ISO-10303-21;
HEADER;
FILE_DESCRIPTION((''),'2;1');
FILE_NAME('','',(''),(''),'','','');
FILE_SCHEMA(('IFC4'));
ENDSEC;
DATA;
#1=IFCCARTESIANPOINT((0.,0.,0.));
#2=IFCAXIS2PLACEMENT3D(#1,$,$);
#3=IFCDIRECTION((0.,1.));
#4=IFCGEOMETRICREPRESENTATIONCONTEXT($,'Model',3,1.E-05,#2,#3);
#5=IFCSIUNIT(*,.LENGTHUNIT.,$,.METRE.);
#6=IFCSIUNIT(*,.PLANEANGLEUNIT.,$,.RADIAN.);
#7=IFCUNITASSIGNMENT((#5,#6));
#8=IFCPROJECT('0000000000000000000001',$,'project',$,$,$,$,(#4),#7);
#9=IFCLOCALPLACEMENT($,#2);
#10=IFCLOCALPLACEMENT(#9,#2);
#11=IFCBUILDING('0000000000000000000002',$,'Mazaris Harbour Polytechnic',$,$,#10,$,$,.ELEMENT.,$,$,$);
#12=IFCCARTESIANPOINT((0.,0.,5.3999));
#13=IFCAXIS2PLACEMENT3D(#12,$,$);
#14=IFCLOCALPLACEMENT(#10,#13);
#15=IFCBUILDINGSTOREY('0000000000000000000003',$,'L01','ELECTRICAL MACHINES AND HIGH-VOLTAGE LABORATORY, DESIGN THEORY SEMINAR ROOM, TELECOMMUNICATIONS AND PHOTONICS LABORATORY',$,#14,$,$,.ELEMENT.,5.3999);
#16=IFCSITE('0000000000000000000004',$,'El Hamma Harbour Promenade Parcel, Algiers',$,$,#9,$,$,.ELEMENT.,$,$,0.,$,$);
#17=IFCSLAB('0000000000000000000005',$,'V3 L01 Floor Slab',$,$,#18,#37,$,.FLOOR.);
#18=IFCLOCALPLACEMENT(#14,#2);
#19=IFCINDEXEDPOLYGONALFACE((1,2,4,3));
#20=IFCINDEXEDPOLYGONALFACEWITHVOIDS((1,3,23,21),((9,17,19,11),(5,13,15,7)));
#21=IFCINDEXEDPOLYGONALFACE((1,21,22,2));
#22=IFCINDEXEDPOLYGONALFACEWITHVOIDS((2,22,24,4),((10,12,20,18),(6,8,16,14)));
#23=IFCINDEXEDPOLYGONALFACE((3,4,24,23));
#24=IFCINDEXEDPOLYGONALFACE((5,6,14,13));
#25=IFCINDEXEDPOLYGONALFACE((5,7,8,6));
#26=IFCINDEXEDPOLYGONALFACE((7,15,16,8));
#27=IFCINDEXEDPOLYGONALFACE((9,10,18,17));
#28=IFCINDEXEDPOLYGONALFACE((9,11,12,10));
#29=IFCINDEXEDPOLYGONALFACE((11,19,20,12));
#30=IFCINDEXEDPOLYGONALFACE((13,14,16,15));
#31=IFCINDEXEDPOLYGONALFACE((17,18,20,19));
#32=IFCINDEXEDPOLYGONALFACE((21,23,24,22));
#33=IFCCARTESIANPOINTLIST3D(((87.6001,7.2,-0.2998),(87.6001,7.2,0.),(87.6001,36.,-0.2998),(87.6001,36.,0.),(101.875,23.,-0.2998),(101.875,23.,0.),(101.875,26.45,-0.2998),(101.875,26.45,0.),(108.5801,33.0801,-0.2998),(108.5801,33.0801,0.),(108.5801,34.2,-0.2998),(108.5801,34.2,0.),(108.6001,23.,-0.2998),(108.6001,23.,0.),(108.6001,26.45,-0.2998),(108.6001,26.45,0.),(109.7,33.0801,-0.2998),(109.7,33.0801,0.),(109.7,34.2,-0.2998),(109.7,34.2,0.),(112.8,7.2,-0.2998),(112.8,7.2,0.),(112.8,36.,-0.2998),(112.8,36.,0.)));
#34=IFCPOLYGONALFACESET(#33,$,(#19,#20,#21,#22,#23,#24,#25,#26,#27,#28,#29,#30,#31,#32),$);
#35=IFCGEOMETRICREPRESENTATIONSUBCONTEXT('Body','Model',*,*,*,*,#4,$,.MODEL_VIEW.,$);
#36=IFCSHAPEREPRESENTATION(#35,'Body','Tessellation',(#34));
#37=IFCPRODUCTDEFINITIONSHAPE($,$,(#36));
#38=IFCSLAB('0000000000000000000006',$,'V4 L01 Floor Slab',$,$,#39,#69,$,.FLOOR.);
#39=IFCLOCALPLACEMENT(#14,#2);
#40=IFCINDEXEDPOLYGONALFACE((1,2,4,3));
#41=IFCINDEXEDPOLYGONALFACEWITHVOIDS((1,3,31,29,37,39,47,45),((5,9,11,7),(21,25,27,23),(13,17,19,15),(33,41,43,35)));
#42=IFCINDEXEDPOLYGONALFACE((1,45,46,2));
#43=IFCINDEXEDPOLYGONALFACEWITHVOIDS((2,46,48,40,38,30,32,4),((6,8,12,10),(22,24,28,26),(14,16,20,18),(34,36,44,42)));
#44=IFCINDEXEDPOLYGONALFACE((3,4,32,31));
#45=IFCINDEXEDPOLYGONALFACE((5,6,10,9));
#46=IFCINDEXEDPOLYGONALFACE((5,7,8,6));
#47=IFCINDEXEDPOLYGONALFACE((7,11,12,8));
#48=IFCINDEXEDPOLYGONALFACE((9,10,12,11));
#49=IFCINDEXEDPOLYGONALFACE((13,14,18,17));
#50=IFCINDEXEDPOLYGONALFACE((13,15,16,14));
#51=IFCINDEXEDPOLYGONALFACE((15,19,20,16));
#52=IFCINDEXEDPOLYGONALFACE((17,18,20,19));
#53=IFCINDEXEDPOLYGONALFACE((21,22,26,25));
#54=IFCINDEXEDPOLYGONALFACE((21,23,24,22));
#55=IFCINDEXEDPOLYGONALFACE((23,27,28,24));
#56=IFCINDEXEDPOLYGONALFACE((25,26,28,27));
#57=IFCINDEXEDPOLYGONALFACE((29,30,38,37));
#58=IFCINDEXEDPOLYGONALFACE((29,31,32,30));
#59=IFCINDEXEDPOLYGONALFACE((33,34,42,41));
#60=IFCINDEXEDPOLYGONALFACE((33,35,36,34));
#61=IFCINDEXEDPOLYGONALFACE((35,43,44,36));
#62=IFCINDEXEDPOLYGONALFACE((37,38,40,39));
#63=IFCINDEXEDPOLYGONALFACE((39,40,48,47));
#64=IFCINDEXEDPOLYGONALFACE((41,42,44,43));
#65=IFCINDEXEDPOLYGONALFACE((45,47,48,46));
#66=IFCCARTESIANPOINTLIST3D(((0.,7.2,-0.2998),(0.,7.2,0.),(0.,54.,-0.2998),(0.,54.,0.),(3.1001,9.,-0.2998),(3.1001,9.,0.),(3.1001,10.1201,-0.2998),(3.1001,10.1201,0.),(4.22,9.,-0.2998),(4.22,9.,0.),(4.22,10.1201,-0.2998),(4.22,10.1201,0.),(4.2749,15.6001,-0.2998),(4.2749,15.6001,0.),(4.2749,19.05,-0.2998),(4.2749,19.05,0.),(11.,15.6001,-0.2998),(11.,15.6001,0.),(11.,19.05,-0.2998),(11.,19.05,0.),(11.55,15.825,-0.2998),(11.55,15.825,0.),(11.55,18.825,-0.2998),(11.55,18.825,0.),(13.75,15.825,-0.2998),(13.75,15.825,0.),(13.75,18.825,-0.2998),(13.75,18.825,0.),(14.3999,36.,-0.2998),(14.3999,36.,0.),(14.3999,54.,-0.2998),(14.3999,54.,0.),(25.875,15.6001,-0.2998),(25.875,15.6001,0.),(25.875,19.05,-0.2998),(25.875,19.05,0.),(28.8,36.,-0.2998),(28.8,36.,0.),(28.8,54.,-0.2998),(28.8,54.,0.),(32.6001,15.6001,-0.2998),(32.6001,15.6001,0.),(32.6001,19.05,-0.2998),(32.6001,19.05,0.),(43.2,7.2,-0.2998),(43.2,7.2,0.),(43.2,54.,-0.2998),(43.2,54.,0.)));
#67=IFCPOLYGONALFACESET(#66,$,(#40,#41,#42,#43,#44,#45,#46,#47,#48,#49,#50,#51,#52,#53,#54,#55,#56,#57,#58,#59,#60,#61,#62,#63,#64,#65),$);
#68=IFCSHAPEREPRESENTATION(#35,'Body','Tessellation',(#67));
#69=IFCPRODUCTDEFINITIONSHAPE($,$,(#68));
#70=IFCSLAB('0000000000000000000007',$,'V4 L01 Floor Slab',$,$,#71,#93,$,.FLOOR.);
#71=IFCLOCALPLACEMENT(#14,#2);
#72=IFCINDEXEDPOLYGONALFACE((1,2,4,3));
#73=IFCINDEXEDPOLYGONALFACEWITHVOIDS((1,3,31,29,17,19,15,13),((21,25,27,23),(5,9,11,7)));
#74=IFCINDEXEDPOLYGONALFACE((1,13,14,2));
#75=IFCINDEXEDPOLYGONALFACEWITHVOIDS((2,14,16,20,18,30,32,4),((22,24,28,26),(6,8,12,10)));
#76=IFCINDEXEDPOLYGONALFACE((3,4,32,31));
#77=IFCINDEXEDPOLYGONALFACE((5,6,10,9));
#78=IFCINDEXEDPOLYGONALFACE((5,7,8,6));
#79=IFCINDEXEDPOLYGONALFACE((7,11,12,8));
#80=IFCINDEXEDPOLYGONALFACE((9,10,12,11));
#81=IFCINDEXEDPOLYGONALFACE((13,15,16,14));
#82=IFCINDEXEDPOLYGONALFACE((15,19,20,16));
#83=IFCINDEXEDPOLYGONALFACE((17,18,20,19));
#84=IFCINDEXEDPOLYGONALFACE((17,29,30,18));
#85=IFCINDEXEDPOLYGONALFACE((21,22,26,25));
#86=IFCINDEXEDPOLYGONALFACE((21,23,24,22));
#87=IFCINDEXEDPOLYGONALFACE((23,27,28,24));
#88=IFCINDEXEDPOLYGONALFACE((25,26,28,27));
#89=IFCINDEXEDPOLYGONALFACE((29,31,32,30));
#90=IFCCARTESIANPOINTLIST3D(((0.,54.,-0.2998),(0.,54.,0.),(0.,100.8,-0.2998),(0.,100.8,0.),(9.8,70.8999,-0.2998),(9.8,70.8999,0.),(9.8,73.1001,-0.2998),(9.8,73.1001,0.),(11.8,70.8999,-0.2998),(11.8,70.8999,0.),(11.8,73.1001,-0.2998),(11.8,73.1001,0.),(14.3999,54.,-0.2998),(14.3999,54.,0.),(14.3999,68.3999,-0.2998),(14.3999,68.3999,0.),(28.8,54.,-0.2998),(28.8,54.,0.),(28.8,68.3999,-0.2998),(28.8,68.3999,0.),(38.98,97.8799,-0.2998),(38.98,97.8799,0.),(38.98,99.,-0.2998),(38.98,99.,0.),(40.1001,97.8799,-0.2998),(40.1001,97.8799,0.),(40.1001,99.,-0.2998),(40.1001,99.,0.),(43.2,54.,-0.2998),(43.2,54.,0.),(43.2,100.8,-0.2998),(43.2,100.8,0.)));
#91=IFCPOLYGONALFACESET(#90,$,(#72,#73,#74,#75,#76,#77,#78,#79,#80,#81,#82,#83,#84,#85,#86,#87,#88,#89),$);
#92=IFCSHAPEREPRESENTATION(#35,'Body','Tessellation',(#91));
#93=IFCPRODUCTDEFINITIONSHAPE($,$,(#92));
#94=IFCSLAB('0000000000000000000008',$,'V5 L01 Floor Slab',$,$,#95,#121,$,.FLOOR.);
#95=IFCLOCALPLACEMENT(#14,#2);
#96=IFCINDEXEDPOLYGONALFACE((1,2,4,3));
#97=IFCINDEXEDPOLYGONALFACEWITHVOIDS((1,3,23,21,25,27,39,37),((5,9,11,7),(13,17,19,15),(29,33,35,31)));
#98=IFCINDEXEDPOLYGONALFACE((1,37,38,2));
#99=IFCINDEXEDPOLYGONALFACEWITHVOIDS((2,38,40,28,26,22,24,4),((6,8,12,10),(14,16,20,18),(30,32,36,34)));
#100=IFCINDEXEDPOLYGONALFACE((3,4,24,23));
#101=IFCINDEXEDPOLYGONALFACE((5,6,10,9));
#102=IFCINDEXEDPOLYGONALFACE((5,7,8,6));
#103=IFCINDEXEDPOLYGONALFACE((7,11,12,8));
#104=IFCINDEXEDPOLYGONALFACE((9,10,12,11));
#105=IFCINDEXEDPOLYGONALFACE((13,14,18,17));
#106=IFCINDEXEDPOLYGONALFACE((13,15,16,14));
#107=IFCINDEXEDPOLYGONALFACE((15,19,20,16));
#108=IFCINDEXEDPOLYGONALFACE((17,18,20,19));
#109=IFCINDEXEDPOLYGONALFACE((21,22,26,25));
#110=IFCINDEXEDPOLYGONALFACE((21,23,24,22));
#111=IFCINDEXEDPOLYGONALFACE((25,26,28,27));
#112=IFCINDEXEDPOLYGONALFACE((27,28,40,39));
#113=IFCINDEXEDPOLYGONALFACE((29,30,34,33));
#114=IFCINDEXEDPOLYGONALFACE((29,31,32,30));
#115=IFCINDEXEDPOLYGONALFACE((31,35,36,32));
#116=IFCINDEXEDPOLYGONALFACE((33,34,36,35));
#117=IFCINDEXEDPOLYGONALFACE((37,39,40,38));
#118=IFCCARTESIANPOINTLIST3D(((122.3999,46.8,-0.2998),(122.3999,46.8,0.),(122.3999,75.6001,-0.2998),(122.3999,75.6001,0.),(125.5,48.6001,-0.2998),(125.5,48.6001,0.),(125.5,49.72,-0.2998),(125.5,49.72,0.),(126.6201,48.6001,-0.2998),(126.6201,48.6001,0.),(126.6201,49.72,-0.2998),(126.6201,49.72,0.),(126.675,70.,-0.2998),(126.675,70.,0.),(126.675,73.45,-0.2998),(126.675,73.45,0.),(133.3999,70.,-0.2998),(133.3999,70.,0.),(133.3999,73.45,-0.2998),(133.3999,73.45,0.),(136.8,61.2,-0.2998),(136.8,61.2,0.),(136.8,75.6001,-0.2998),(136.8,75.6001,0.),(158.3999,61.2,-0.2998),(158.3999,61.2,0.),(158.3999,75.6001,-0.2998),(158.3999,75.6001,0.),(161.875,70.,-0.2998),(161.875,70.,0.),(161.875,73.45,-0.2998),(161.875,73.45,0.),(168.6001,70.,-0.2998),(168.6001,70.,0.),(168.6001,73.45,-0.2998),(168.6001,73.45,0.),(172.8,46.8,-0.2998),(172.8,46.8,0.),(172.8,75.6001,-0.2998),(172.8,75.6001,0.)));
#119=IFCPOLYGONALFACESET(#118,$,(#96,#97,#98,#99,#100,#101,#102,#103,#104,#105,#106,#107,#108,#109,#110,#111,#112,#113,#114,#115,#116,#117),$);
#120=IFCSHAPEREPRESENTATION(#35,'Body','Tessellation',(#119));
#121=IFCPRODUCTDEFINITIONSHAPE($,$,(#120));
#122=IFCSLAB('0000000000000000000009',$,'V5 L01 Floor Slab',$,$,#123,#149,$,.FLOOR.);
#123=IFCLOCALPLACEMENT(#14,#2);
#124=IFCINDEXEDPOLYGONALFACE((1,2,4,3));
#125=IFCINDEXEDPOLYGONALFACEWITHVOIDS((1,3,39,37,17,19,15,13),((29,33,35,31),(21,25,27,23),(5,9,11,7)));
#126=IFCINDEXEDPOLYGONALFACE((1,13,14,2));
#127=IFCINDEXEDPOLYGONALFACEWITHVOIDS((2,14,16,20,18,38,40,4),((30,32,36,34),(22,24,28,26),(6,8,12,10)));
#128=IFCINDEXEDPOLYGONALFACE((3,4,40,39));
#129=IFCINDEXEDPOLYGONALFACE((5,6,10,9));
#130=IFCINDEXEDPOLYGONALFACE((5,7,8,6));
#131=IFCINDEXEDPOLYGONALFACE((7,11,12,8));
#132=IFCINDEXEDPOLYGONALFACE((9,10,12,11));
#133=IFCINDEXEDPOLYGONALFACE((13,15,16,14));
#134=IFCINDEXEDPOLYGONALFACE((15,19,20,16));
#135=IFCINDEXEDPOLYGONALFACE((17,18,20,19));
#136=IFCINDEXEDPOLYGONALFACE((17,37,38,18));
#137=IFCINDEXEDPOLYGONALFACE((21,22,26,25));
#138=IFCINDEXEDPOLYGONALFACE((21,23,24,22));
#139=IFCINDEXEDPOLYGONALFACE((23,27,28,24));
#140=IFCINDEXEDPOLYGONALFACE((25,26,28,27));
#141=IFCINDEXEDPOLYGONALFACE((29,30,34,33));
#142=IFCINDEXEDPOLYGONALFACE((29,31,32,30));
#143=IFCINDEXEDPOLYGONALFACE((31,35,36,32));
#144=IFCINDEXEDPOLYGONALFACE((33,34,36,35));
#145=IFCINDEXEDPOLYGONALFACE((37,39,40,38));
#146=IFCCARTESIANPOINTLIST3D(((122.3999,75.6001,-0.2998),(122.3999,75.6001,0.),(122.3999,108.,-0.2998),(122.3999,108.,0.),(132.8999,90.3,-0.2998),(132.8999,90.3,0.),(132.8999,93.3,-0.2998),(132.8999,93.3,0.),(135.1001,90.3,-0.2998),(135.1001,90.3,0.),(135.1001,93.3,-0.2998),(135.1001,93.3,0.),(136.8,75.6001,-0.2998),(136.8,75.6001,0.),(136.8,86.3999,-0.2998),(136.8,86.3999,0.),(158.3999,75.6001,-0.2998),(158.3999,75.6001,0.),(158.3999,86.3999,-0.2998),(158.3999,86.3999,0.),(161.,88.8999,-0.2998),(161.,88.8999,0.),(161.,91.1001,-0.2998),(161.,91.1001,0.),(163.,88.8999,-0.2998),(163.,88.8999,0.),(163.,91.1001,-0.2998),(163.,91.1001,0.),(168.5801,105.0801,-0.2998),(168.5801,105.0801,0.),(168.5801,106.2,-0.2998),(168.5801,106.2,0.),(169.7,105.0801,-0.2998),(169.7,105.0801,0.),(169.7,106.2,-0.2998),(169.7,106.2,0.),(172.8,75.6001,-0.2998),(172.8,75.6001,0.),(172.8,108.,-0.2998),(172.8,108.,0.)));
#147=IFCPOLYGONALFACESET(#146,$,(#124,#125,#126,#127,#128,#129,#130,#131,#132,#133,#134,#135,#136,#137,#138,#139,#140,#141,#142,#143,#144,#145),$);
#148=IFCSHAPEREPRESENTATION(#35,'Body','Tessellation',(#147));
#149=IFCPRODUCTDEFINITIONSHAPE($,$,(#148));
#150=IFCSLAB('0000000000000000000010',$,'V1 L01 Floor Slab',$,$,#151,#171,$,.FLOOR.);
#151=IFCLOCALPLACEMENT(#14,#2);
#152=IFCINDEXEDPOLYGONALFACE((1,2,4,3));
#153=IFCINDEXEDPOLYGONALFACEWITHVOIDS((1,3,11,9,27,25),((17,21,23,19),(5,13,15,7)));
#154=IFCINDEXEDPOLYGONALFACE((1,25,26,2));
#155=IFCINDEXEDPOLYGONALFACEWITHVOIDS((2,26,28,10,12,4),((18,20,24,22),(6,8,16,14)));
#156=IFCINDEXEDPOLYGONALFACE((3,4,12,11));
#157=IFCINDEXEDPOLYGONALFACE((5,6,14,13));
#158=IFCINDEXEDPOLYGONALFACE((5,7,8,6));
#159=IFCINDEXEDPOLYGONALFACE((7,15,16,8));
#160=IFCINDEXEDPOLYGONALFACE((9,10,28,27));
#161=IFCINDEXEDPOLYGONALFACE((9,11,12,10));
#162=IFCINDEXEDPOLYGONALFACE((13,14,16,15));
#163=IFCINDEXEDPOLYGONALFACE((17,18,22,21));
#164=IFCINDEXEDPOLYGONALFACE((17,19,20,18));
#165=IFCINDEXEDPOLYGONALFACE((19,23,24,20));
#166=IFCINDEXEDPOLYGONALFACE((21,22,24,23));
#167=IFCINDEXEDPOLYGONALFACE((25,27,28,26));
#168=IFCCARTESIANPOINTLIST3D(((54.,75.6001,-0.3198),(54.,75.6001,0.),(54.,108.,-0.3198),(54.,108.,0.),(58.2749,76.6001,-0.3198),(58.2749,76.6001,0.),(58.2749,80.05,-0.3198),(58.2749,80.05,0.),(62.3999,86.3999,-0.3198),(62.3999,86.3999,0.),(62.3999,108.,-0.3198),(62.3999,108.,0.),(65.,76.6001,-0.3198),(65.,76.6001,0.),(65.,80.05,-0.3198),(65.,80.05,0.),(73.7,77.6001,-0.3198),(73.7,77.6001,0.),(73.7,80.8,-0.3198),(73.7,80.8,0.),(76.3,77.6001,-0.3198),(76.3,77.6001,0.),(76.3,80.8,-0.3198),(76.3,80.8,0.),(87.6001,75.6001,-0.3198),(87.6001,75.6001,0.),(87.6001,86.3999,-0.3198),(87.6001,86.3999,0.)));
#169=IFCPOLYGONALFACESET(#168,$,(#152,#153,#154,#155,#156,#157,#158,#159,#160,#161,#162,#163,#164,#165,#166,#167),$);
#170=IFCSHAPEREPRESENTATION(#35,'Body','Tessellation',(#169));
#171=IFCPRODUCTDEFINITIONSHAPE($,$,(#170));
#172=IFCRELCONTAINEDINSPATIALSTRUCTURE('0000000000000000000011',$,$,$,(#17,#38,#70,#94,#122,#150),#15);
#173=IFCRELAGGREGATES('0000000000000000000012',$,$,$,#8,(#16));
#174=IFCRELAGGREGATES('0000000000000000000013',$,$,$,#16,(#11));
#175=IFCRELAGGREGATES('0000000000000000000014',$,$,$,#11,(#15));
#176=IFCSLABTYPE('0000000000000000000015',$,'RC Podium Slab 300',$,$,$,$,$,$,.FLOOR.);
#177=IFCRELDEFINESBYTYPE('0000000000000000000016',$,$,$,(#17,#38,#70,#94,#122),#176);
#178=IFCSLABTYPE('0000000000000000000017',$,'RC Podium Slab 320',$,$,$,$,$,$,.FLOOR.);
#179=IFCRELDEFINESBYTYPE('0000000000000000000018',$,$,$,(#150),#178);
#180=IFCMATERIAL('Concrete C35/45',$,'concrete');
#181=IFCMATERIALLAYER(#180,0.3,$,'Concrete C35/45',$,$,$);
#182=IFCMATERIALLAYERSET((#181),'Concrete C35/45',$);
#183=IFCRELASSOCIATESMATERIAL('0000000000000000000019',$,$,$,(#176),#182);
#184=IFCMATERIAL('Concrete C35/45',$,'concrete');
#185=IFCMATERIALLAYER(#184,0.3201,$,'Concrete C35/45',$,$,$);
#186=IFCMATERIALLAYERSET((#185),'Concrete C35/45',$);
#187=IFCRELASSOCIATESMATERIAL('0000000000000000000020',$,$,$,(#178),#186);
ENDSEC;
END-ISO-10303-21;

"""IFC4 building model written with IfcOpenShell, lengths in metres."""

from ifc_helpers import new_model, si_unit, direction, frame, origin, place, context, subcontext, project, spatial, polyline, outline, extrude, material, layer, layer_set, type_object, element, save


model = new_model("IFC4")

# Units and contexts
model_context = context("Model", 3, precision=1e-05, world=origin(), true_north=direction((0.0, 1.0)))
body_context = subcontext(model_context, "Body", "Model", "MODEL_VIEW")
ifc_project = project(units=[si_unit("LENGTHUNIT", "METRE"), si_unit("PLANEANGLEUNIT", "RADIAN")], contexts=[model_context])

# Site, building, storey
site_placement = place(None, origin())
site = spatial("IfcSite", under=ifc_project, at=site_placement, Name="El Hamma Harbour Promenade Parcel, Algiers", CompositionType="ELEMENT", RefElevation=0.0)
building_placement = place(site_placement, origin())
building = spatial("IfcBuilding", under=site, at=building_placement, Name="Mazaris Harbour Polytechnic", CompositionType="ELEMENT")
storey_placement = place(building_placement, frame((0.0, 0.0, 5.3999)))
storey = spatial("IfcBuildingStorey", under=building, at=storey_placement, Name="L01", Description="ELECTRICAL MACHINES AND HIGH-VOLTAGE LABORATORY, DESIGN THEORY SEMINAR ROOM, TELECOMMUNICATIONS AND PHOTONICS LABORATORY", CompositionType="ELEMENT", Elevation=5.3999)

# Slabs
ifc_material_1 = material(Name="Concrete C35/45", Category="concrete")
ifc_layer_1 = layer(ifc_material_1, 0.3, Name="Concrete C35/45")
ifc_layer_set_1 = layer_set([ifc_layer_1], Name="Concrete C35/45")
slab_type_1 = type_object("IfcSlabType", Name="RC Podium Slab 300", PredefinedType="FLOOR", material=ifc_layer_set_1)
slab_1_placement = place(storey_placement, frame((0.0, 0.0, -0.2998)))
element("IfcSlab", 1, at=slab_1_placement, inside=storey, type_object=slab_type_1, Name="V3 L01 Floor Slab", PredefinedType="FLOOR", context=body_context, shape_type="SweptSolid", body=[
    extrude(outline(polyline([(112.8, 36.0), (112.8, 7.2), (87.6001, 7.2), (87.6001, 36.0), (112.8, 36.0)]), holes=[polyline([(101.875, 26.45), (101.875, 23.0), (108.6001, 23.0), (108.6001, 26.45), (101.875, 26.45)]), polyline([(108.5801, 34.2), (108.5801, 33.0801), (109.7, 33.0801), (109.7, 34.2), (108.5801, 34.2)])]), origin(), (0.0, 0.0, 1.0), 0.2998),
])
slab_2_placement = place(storey_placement, frame((0.0, 0.0, -0.2998)))
element("IfcSlab", 2, at=slab_2_placement, inside=storey, type_object=slab_type_1, Name="V4 L01 Floor Slab", PredefinedType="FLOOR", context=body_context, shape_type="SweptSolid", body=[
    extrude(outline(polyline([(43.2, 7.2), (0.0, 7.2), (0.0, 54.0), (14.3999, 54.0), (14.3999, 36.0), (28.8, 36.0), (28.8, 54.0), (43.2, 54.0), (43.2, 7.2)]), holes=[polyline([(4.2749, 15.6001), (11.0, 15.6001), (11.0, 19.05), (4.2749, 19.05), (4.2749, 15.6001)]), polyline([(25.875, 19.05), (25.875, 15.6001), (32.6001, 15.6001), (32.6001, 19.05), (25.875, 19.05)]), polyline([(13.75, 18.825), (11.55, 18.825), (11.55, 15.825), (13.75, 15.825), (13.75, 18.825)]), polyline([(3.1001, 9.0), (4.22, 9.0), (4.22, 10.1201), (3.1001, 10.1201), (3.1001, 9.0)])]), origin(), (0.0, 0.0, 1.0), 0.2998),
])
slab_3_placement = place(storey_placement, frame((0.0, 0.0, -0.2998)))
element("IfcSlab", 3, at=slab_3_placement, inside=storey, type_object=slab_type_1, Name="V4 L01 Floor Slab", PredefinedType="FLOOR", context=body_context, shape_type="SweptSolid", body=[
    extrude(outline(polyline([(43.2, 54.0), (28.8, 54.0), (28.8, 68.3999), (14.3999, 68.3999), (14.3999, 54.0), (0.0, 54.0), (0.0, 100.8), (43.2, 100.8), (43.2, 54.0)]), holes=[polyline([(11.8, 70.8999), (11.8, 73.1001), (9.8, 73.1001), (9.8, 70.8999), (11.8, 70.8999)]), polyline([(38.98, 99.0), (38.98, 97.8799), (40.1001, 97.8799), (40.1001, 99.0), (38.98, 99.0)])]), origin(), (0.0, 0.0, 1.0), 0.2998),
])
slab_4_placement = place(storey_placement, frame((0.0, 0.0, -0.2998)))
element("IfcSlab", 4, at=slab_4_placement, inside=storey, type_object=slab_type_1, Name="V5 L01 Floor Slab", PredefinedType="FLOOR", context=body_context, shape_type="SweptSolid", body=[
    extrude(outline(polyline([(172.8, 46.8), (122.3999, 46.8), (122.3999, 75.6001), (136.8, 75.6001), (136.8, 61.2), (158.3999, 61.2), (158.3999, 75.6001), (172.8, 75.6001), (172.8, 46.8)]), holes=[polyline([(126.675, 70.0), (133.3999, 70.0), (133.3999, 73.45), (126.675, 73.45), (126.675, 70.0)]), polyline([(161.875, 73.45), (161.875, 70.0), (168.6001, 70.0), (168.6001, 73.45), (161.875, 73.45)]), polyline([(125.5, 48.6001), (126.6201, 48.6001), (126.6201, 49.72), (125.5, 49.72), (125.5, 48.6001)])]), origin(), (0.0, 0.0, 1.0), 0.2998),
])
slab_5_placement = place(storey_placement, frame((0.0, 0.0, -0.2998)))
element("IfcSlab", 5, at=slab_5_placement, inside=storey, type_object=slab_type_1, Name="V5 L01 Floor Slab", PredefinedType="FLOOR", context=body_context, shape_type="SweptSolid", body=[
    extrude(outline(polyline([(172.8, 75.6001), (158.3999, 75.6001), (158.3999, 86.3999), (136.8, 86.3999), (136.8, 75.6001), (122.3999, 75.6001), (122.3999, 108.0), (172.8, 108.0), (172.8, 75.6001)]), holes=[polyline([(135.1001, 93.3), (132.8999, 93.3), (132.8999, 90.3), (135.1001, 90.3), (135.1001, 93.3)]), polyline([(163.0, 88.8999), (163.0, 91.1001), (161.0, 91.1001), (161.0, 88.8999), (163.0, 88.8999)]), polyline([(168.5801, 106.2), (168.5801, 105.0801), (169.7, 105.0801), (169.7, 106.2), (168.5801, 106.2)])]), origin(), (0.0, 0.0, 1.0), 0.2998),
])
ifc_material_2 = material(Name="Concrete C35/45", Category="concrete")
ifc_layer_2 = layer(ifc_material_2, 0.3201, Name="Concrete C35/45")
ifc_layer_set_2 = layer_set([ifc_layer_2], Name="Concrete C35/45")
slab_type_2 = type_object("IfcSlabType", Name="RC Podium Slab 320", PredefinedType="FLOOR", material=ifc_layer_set_2)
slab_6_placement = place(storey_placement, frame((0.0, 0.0, -0.3198)))
element("IfcSlab", 6, at=slab_6_placement, inside=storey, type_object=slab_type_2, Name="V1 L01 Floor Slab", PredefinedType="FLOOR", context=body_context, shape_type="SweptSolid", body=[
    extrude(outline(polyline([(54.0, 108.0), (62.3999, 108.0), (62.3999, 86.3999), (87.6001, 86.3999), (87.6001, 75.6001), (54.0, 75.6001), (54.0, 108.0)]), holes=[polyline([(58.2749, 80.05), (58.2749, 76.6001), (65.0, 76.6001), (65.0, 80.05), (58.2749, 80.05)]), polyline([(76.3, 77.6001), (76.3, 80.8), (73.7, 80.8), (73.7, 77.6001), (76.3, 77.6001)])]), origin(), (0.0, 0.0, 1.0), 0.3198),
])

save(model, "model.ifc")
